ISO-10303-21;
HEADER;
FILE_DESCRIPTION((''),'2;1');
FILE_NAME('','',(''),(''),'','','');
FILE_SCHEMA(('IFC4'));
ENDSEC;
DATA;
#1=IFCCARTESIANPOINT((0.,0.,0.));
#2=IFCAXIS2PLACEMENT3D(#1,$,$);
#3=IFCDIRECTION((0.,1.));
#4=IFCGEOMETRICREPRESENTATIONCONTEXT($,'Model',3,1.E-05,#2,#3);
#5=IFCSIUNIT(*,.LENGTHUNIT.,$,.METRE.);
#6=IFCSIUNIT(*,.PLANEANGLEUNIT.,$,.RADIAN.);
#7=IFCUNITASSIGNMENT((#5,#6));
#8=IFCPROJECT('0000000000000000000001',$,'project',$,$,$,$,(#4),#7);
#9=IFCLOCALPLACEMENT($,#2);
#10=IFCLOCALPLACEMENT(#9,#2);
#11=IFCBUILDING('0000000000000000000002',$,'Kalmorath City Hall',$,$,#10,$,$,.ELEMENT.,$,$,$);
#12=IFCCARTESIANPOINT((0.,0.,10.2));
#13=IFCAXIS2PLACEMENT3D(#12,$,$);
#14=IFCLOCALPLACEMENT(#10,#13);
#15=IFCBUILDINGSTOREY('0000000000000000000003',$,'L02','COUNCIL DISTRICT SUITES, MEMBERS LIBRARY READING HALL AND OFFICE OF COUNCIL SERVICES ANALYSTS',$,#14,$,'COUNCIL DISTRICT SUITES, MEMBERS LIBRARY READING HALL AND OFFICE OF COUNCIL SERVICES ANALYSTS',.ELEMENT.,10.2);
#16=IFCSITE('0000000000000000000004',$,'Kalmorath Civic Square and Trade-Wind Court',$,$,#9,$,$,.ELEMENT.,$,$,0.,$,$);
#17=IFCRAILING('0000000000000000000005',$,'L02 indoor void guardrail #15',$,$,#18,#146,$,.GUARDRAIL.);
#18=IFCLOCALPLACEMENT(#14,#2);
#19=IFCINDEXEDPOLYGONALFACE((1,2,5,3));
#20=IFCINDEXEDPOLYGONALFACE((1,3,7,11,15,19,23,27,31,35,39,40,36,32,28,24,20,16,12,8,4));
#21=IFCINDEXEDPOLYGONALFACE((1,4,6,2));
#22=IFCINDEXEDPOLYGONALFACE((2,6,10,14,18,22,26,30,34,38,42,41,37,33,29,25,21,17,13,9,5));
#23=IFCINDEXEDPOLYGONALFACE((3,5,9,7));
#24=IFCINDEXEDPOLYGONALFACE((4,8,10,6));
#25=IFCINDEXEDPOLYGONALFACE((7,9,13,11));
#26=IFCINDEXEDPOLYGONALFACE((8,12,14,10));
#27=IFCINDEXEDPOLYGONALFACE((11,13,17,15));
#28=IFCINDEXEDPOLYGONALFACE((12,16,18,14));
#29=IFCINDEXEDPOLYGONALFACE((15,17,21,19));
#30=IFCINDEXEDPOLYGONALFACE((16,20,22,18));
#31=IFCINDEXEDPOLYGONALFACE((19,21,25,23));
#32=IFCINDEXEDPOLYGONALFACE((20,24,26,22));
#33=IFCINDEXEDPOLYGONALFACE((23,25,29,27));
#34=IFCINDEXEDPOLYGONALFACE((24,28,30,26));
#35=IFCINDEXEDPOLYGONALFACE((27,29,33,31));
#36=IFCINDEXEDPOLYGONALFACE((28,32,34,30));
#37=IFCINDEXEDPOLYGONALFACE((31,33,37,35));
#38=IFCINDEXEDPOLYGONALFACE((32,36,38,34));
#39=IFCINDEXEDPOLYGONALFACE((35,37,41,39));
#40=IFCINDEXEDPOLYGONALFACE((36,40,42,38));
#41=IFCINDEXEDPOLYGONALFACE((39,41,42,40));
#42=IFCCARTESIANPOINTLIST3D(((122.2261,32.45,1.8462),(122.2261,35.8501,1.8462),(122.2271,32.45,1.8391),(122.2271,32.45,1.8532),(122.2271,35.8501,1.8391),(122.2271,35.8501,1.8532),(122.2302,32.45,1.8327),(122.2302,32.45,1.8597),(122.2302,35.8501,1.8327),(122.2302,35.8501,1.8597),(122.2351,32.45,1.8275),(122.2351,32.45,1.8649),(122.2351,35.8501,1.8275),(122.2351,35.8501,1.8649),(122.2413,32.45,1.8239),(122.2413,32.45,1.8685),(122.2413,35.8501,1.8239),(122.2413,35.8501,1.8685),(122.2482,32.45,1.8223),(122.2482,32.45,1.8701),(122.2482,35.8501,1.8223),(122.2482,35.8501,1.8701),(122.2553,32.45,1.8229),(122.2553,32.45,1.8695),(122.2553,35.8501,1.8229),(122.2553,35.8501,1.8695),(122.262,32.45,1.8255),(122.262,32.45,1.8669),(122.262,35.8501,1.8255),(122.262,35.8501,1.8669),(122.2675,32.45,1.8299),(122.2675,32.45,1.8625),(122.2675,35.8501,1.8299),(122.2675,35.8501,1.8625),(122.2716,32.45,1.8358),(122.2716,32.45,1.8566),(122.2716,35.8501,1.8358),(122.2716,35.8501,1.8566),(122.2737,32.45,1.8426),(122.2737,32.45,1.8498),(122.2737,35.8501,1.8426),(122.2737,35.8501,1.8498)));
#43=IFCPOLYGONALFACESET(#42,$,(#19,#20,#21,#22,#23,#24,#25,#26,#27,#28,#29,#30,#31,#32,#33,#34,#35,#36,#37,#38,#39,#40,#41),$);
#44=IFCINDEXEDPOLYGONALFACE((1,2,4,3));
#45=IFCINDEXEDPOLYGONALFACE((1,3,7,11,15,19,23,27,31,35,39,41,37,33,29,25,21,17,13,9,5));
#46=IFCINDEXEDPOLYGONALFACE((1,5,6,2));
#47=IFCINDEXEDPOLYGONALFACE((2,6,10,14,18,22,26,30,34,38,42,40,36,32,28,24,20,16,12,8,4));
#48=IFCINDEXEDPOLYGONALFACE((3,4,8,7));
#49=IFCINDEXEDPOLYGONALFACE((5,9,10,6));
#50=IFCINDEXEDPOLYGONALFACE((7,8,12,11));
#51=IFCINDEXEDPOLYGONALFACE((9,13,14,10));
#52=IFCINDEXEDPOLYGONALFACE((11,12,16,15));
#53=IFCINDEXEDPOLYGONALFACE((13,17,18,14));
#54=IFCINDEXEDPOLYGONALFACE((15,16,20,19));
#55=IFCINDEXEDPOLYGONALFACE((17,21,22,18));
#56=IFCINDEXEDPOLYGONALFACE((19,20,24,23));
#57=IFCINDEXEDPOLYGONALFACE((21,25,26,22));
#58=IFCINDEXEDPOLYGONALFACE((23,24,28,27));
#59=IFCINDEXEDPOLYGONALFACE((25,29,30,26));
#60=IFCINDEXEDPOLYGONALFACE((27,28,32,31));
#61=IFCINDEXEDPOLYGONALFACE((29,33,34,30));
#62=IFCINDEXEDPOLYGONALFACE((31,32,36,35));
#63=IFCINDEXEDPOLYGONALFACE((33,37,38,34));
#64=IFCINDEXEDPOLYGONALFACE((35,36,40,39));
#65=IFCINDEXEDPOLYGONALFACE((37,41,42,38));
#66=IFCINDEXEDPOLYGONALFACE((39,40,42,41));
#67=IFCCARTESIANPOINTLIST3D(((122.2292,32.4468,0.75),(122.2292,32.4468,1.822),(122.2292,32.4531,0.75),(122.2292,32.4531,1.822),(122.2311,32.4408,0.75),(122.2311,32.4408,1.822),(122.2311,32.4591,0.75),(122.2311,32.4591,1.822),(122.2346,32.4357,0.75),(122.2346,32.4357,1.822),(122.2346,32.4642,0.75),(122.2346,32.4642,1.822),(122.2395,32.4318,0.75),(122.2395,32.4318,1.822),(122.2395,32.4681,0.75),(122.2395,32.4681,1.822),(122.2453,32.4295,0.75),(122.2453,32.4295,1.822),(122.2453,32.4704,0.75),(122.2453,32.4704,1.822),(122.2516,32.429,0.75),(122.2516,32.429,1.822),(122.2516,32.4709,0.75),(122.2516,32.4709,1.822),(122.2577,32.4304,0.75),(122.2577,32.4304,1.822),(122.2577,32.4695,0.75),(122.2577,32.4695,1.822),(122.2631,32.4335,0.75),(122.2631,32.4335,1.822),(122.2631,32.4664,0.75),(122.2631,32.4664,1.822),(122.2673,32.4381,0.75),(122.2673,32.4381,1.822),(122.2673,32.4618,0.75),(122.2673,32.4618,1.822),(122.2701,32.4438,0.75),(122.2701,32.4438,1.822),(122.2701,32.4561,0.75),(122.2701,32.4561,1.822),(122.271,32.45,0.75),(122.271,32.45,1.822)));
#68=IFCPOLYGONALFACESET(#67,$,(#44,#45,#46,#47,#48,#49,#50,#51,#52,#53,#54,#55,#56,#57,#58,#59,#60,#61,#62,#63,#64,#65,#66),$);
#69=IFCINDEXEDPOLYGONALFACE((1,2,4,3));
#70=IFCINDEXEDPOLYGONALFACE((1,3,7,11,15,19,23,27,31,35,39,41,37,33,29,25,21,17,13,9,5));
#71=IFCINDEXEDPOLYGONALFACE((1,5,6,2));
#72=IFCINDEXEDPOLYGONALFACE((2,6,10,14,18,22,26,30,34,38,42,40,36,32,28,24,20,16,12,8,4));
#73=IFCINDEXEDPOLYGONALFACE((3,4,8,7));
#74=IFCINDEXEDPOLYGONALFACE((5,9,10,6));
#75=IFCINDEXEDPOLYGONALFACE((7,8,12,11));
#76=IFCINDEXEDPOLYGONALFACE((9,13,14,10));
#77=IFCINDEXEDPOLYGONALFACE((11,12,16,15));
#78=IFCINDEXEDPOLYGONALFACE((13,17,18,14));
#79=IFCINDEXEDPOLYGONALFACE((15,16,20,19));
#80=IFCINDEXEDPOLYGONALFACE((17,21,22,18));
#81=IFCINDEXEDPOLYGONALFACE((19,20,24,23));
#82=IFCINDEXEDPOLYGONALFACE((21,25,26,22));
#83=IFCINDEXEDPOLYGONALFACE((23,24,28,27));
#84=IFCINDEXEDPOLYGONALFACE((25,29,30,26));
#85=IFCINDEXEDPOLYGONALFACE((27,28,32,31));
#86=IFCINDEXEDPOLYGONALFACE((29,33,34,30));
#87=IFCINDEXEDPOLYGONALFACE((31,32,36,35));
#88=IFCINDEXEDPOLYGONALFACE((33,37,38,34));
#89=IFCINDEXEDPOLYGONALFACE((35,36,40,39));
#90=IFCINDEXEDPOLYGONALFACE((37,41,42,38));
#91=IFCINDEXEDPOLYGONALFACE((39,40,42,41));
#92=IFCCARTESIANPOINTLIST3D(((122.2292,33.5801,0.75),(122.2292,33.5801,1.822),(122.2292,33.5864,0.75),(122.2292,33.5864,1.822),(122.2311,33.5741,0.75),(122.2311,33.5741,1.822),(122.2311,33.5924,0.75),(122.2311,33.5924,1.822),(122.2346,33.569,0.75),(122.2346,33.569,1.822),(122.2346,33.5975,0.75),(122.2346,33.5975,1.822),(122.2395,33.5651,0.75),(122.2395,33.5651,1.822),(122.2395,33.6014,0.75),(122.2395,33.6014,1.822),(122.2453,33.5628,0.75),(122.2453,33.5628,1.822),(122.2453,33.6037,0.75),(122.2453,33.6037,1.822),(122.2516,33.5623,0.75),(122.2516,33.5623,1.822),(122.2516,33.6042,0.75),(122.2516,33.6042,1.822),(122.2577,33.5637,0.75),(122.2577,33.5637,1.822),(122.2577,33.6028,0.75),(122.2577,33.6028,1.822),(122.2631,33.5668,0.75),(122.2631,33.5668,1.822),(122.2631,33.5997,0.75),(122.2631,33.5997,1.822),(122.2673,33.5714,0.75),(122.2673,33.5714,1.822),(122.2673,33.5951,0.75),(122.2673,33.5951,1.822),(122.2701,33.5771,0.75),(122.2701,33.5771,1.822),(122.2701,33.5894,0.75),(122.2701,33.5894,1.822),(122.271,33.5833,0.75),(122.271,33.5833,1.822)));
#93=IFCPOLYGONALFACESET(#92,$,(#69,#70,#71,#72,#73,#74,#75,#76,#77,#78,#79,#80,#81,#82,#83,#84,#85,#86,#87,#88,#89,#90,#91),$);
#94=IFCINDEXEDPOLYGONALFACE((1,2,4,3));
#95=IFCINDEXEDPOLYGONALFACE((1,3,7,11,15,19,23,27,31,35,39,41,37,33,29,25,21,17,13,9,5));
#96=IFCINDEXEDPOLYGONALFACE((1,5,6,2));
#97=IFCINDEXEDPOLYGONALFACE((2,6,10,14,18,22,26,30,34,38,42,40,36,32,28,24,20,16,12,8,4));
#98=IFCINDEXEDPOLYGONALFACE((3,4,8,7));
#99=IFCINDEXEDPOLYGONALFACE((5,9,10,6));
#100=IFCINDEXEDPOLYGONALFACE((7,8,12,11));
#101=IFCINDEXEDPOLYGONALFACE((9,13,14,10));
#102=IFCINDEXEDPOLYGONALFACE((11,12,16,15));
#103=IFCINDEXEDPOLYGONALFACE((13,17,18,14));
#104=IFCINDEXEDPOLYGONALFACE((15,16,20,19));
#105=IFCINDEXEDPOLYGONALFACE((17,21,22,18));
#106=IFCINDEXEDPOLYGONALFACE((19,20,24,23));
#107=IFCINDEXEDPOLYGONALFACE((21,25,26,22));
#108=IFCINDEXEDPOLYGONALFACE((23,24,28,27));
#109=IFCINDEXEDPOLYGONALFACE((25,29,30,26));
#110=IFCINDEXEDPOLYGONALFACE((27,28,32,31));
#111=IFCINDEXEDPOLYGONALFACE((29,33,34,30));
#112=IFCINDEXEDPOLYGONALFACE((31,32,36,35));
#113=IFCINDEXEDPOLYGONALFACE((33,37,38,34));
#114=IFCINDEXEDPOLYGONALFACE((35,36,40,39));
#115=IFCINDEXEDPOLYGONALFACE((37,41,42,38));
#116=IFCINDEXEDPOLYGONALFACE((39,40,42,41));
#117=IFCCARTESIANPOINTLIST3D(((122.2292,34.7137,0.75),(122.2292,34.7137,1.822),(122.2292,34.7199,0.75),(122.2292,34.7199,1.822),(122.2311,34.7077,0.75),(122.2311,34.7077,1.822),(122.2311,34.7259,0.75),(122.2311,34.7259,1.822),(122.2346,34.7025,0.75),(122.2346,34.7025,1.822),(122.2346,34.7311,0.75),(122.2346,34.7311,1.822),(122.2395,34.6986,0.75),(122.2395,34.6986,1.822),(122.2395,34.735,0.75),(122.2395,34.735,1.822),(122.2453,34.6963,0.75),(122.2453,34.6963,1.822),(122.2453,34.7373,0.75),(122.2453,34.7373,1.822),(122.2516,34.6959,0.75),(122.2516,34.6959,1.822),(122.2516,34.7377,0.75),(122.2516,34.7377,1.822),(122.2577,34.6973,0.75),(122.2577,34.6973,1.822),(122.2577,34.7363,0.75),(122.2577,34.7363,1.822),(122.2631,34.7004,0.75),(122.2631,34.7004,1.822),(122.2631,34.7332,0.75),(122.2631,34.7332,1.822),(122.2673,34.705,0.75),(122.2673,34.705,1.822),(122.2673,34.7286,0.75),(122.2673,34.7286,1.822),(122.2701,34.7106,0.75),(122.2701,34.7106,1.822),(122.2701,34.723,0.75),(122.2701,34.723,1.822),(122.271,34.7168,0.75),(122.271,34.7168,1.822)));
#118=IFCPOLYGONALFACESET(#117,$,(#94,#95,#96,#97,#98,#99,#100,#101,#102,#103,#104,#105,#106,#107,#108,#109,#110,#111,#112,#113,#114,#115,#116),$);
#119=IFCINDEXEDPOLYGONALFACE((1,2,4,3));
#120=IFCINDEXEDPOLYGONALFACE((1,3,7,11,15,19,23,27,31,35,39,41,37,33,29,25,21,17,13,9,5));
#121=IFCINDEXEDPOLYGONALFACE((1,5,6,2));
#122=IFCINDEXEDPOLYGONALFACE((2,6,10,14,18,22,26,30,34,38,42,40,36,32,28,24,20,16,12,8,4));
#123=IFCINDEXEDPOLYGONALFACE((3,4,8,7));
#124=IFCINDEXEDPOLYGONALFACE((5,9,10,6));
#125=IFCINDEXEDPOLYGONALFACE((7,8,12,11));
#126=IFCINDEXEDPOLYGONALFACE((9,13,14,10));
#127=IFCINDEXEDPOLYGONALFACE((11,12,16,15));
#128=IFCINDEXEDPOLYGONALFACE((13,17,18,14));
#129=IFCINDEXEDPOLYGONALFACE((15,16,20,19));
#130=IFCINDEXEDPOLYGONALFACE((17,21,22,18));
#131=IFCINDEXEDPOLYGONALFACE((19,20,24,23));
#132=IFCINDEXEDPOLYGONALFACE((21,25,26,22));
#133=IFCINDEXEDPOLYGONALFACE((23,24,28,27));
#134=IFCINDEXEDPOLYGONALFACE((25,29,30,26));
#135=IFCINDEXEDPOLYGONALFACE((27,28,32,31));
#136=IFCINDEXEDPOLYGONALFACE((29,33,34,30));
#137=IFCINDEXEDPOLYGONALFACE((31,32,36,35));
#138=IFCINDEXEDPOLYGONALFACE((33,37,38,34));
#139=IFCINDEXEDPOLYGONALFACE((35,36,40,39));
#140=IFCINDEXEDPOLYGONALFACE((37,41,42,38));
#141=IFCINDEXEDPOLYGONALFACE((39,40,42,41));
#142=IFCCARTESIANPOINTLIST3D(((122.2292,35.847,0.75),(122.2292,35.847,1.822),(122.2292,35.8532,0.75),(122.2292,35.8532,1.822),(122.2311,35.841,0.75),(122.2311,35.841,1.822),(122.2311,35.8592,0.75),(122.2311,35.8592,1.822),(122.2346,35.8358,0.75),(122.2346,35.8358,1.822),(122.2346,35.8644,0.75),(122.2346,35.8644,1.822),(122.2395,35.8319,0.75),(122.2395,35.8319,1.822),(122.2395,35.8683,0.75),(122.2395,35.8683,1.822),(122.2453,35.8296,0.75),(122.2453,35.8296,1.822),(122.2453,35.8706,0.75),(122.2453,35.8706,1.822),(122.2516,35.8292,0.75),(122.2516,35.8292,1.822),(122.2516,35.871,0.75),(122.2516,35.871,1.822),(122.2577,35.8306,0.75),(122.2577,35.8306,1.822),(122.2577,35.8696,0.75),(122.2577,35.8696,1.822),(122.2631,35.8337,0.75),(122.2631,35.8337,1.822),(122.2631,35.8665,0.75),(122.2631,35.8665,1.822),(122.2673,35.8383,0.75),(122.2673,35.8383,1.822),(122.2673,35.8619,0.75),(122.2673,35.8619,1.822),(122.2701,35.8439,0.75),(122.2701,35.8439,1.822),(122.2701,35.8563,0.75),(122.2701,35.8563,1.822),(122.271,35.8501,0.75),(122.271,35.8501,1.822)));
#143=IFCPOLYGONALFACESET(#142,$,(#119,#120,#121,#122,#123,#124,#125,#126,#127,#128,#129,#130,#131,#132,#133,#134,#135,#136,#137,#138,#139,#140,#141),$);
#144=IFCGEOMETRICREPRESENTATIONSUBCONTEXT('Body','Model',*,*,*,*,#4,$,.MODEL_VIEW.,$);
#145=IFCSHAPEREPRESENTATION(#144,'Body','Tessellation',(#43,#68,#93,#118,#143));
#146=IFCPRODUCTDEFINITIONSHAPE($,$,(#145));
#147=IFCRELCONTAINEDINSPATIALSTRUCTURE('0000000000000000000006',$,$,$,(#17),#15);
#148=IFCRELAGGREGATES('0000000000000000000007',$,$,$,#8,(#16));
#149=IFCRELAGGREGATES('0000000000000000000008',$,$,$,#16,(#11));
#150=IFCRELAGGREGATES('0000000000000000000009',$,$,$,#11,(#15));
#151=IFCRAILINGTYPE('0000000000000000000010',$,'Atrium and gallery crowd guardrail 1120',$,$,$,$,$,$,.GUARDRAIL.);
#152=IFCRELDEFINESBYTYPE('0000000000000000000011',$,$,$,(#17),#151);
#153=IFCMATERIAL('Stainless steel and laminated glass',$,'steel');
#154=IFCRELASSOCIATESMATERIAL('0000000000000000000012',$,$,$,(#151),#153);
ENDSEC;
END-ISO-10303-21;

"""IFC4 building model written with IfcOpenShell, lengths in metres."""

from ifc_helpers import new_model, si_unit, direction, frame, origin, origin_2d, place, context, subcontext, project, spatial, circle, extrude, material, type_object, element, save


model = new_model("IFC4")

# Units and contexts
model_context = context("Model", 3, precision=1e-05, world=origin(), true_north=direction((0.0, 1.0)))
body_context = subcontext(model_context, "Body", "Model", "MODEL_VIEW")
ifc_project = project(units=[si_unit("LENGTHUNIT", "METRE"), si_unit("PLANEANGLEUNIT", "RADIAN")], contexts=[model_context])

# Site, building, storey
site_placement = place(None, origin())
site = spatial("IfcSite", under=ifc_project, at=site_placement, Name="Kalmorath Civic Square and Trade-Wind Court", CompositionType="ELEMENT", RefElevation=0.0)
building_placement = place(site_placement, origin())
building = spatial("IfcBuilding", under=site, at=building_placement, Name="Kalmorath City Hall", CompositionType="ELEMENT")
storey_placement = place(building_placement, frame((0.0, 0.0, 10.2)))
storey = spatial("IfcBuildingStorey", under=building, at=storey_placement, Name="L02", Description="COUNCIL DISTRICT SUITES, MEMBERS LIBRARY READING HALL AND OFFICE OF COUNCIL SERVICES ANALYSTS", LongName="COUNCIL DISTRICT SUITES, MEMBERS LIBRARY READING HALL AND OFFICE OF COUNCIL SERVICES ANALYSTS", CompositionType="ELEMENT", Elevation=10.2)

# Railing
ifc_material_1 = material(Name="Stainless steel and laminated glass", Category="steel")
railing_type = type_object("IfcRailingType", Name="Atrium and gallery crowd guardrail 1120", PredefinedType="GUARDRAIL", material=ifc_material_1)
railing_1_placement = place(storey_placement, frame((122.25, 32.45, 0.75)))
element("IfcRailing", 1, at=railing_1_placement, inside=storey, type_object=railing_type, Name="L02 indoor void guardrail #15", PredefinedType="GUARDRAIL", context=body_context, shape_type="SweptSolid", body=[
    extrude(circle(Radius=0.0239, at=origin_2d()), frame((0.0, 0.0, 1.0962), z_axis=(0.0, 1.0, 0.0), x_axis=(-1.0, 0.0, 0.0)), (0.0, 0.0, 1.0), 3.4001),
    extrude(circle(Radius=0.021, at=origin_2d()), origin(), (0.0, 0.0, 1.0), 1.072),
    extrude(circle(Radius=0.021, at=origin_2d()), frame((0.0, 1.1333, 0.0)), (0.0, 0.0, 1.0), 1.072),
    extrude(circle(Radius=0.021, at=origin_2d()), frame((0.0, 2.2668, 0.0)), (0.0, 0.0, 1.0), 1.072),
    extrude(circle(Radius=0.021, at=origin_2d()), frame((0.0, 3.4001, 0.0)), (0.0, 0.0, 1.0), 1.072),
])

save(model, "model.ifc")
